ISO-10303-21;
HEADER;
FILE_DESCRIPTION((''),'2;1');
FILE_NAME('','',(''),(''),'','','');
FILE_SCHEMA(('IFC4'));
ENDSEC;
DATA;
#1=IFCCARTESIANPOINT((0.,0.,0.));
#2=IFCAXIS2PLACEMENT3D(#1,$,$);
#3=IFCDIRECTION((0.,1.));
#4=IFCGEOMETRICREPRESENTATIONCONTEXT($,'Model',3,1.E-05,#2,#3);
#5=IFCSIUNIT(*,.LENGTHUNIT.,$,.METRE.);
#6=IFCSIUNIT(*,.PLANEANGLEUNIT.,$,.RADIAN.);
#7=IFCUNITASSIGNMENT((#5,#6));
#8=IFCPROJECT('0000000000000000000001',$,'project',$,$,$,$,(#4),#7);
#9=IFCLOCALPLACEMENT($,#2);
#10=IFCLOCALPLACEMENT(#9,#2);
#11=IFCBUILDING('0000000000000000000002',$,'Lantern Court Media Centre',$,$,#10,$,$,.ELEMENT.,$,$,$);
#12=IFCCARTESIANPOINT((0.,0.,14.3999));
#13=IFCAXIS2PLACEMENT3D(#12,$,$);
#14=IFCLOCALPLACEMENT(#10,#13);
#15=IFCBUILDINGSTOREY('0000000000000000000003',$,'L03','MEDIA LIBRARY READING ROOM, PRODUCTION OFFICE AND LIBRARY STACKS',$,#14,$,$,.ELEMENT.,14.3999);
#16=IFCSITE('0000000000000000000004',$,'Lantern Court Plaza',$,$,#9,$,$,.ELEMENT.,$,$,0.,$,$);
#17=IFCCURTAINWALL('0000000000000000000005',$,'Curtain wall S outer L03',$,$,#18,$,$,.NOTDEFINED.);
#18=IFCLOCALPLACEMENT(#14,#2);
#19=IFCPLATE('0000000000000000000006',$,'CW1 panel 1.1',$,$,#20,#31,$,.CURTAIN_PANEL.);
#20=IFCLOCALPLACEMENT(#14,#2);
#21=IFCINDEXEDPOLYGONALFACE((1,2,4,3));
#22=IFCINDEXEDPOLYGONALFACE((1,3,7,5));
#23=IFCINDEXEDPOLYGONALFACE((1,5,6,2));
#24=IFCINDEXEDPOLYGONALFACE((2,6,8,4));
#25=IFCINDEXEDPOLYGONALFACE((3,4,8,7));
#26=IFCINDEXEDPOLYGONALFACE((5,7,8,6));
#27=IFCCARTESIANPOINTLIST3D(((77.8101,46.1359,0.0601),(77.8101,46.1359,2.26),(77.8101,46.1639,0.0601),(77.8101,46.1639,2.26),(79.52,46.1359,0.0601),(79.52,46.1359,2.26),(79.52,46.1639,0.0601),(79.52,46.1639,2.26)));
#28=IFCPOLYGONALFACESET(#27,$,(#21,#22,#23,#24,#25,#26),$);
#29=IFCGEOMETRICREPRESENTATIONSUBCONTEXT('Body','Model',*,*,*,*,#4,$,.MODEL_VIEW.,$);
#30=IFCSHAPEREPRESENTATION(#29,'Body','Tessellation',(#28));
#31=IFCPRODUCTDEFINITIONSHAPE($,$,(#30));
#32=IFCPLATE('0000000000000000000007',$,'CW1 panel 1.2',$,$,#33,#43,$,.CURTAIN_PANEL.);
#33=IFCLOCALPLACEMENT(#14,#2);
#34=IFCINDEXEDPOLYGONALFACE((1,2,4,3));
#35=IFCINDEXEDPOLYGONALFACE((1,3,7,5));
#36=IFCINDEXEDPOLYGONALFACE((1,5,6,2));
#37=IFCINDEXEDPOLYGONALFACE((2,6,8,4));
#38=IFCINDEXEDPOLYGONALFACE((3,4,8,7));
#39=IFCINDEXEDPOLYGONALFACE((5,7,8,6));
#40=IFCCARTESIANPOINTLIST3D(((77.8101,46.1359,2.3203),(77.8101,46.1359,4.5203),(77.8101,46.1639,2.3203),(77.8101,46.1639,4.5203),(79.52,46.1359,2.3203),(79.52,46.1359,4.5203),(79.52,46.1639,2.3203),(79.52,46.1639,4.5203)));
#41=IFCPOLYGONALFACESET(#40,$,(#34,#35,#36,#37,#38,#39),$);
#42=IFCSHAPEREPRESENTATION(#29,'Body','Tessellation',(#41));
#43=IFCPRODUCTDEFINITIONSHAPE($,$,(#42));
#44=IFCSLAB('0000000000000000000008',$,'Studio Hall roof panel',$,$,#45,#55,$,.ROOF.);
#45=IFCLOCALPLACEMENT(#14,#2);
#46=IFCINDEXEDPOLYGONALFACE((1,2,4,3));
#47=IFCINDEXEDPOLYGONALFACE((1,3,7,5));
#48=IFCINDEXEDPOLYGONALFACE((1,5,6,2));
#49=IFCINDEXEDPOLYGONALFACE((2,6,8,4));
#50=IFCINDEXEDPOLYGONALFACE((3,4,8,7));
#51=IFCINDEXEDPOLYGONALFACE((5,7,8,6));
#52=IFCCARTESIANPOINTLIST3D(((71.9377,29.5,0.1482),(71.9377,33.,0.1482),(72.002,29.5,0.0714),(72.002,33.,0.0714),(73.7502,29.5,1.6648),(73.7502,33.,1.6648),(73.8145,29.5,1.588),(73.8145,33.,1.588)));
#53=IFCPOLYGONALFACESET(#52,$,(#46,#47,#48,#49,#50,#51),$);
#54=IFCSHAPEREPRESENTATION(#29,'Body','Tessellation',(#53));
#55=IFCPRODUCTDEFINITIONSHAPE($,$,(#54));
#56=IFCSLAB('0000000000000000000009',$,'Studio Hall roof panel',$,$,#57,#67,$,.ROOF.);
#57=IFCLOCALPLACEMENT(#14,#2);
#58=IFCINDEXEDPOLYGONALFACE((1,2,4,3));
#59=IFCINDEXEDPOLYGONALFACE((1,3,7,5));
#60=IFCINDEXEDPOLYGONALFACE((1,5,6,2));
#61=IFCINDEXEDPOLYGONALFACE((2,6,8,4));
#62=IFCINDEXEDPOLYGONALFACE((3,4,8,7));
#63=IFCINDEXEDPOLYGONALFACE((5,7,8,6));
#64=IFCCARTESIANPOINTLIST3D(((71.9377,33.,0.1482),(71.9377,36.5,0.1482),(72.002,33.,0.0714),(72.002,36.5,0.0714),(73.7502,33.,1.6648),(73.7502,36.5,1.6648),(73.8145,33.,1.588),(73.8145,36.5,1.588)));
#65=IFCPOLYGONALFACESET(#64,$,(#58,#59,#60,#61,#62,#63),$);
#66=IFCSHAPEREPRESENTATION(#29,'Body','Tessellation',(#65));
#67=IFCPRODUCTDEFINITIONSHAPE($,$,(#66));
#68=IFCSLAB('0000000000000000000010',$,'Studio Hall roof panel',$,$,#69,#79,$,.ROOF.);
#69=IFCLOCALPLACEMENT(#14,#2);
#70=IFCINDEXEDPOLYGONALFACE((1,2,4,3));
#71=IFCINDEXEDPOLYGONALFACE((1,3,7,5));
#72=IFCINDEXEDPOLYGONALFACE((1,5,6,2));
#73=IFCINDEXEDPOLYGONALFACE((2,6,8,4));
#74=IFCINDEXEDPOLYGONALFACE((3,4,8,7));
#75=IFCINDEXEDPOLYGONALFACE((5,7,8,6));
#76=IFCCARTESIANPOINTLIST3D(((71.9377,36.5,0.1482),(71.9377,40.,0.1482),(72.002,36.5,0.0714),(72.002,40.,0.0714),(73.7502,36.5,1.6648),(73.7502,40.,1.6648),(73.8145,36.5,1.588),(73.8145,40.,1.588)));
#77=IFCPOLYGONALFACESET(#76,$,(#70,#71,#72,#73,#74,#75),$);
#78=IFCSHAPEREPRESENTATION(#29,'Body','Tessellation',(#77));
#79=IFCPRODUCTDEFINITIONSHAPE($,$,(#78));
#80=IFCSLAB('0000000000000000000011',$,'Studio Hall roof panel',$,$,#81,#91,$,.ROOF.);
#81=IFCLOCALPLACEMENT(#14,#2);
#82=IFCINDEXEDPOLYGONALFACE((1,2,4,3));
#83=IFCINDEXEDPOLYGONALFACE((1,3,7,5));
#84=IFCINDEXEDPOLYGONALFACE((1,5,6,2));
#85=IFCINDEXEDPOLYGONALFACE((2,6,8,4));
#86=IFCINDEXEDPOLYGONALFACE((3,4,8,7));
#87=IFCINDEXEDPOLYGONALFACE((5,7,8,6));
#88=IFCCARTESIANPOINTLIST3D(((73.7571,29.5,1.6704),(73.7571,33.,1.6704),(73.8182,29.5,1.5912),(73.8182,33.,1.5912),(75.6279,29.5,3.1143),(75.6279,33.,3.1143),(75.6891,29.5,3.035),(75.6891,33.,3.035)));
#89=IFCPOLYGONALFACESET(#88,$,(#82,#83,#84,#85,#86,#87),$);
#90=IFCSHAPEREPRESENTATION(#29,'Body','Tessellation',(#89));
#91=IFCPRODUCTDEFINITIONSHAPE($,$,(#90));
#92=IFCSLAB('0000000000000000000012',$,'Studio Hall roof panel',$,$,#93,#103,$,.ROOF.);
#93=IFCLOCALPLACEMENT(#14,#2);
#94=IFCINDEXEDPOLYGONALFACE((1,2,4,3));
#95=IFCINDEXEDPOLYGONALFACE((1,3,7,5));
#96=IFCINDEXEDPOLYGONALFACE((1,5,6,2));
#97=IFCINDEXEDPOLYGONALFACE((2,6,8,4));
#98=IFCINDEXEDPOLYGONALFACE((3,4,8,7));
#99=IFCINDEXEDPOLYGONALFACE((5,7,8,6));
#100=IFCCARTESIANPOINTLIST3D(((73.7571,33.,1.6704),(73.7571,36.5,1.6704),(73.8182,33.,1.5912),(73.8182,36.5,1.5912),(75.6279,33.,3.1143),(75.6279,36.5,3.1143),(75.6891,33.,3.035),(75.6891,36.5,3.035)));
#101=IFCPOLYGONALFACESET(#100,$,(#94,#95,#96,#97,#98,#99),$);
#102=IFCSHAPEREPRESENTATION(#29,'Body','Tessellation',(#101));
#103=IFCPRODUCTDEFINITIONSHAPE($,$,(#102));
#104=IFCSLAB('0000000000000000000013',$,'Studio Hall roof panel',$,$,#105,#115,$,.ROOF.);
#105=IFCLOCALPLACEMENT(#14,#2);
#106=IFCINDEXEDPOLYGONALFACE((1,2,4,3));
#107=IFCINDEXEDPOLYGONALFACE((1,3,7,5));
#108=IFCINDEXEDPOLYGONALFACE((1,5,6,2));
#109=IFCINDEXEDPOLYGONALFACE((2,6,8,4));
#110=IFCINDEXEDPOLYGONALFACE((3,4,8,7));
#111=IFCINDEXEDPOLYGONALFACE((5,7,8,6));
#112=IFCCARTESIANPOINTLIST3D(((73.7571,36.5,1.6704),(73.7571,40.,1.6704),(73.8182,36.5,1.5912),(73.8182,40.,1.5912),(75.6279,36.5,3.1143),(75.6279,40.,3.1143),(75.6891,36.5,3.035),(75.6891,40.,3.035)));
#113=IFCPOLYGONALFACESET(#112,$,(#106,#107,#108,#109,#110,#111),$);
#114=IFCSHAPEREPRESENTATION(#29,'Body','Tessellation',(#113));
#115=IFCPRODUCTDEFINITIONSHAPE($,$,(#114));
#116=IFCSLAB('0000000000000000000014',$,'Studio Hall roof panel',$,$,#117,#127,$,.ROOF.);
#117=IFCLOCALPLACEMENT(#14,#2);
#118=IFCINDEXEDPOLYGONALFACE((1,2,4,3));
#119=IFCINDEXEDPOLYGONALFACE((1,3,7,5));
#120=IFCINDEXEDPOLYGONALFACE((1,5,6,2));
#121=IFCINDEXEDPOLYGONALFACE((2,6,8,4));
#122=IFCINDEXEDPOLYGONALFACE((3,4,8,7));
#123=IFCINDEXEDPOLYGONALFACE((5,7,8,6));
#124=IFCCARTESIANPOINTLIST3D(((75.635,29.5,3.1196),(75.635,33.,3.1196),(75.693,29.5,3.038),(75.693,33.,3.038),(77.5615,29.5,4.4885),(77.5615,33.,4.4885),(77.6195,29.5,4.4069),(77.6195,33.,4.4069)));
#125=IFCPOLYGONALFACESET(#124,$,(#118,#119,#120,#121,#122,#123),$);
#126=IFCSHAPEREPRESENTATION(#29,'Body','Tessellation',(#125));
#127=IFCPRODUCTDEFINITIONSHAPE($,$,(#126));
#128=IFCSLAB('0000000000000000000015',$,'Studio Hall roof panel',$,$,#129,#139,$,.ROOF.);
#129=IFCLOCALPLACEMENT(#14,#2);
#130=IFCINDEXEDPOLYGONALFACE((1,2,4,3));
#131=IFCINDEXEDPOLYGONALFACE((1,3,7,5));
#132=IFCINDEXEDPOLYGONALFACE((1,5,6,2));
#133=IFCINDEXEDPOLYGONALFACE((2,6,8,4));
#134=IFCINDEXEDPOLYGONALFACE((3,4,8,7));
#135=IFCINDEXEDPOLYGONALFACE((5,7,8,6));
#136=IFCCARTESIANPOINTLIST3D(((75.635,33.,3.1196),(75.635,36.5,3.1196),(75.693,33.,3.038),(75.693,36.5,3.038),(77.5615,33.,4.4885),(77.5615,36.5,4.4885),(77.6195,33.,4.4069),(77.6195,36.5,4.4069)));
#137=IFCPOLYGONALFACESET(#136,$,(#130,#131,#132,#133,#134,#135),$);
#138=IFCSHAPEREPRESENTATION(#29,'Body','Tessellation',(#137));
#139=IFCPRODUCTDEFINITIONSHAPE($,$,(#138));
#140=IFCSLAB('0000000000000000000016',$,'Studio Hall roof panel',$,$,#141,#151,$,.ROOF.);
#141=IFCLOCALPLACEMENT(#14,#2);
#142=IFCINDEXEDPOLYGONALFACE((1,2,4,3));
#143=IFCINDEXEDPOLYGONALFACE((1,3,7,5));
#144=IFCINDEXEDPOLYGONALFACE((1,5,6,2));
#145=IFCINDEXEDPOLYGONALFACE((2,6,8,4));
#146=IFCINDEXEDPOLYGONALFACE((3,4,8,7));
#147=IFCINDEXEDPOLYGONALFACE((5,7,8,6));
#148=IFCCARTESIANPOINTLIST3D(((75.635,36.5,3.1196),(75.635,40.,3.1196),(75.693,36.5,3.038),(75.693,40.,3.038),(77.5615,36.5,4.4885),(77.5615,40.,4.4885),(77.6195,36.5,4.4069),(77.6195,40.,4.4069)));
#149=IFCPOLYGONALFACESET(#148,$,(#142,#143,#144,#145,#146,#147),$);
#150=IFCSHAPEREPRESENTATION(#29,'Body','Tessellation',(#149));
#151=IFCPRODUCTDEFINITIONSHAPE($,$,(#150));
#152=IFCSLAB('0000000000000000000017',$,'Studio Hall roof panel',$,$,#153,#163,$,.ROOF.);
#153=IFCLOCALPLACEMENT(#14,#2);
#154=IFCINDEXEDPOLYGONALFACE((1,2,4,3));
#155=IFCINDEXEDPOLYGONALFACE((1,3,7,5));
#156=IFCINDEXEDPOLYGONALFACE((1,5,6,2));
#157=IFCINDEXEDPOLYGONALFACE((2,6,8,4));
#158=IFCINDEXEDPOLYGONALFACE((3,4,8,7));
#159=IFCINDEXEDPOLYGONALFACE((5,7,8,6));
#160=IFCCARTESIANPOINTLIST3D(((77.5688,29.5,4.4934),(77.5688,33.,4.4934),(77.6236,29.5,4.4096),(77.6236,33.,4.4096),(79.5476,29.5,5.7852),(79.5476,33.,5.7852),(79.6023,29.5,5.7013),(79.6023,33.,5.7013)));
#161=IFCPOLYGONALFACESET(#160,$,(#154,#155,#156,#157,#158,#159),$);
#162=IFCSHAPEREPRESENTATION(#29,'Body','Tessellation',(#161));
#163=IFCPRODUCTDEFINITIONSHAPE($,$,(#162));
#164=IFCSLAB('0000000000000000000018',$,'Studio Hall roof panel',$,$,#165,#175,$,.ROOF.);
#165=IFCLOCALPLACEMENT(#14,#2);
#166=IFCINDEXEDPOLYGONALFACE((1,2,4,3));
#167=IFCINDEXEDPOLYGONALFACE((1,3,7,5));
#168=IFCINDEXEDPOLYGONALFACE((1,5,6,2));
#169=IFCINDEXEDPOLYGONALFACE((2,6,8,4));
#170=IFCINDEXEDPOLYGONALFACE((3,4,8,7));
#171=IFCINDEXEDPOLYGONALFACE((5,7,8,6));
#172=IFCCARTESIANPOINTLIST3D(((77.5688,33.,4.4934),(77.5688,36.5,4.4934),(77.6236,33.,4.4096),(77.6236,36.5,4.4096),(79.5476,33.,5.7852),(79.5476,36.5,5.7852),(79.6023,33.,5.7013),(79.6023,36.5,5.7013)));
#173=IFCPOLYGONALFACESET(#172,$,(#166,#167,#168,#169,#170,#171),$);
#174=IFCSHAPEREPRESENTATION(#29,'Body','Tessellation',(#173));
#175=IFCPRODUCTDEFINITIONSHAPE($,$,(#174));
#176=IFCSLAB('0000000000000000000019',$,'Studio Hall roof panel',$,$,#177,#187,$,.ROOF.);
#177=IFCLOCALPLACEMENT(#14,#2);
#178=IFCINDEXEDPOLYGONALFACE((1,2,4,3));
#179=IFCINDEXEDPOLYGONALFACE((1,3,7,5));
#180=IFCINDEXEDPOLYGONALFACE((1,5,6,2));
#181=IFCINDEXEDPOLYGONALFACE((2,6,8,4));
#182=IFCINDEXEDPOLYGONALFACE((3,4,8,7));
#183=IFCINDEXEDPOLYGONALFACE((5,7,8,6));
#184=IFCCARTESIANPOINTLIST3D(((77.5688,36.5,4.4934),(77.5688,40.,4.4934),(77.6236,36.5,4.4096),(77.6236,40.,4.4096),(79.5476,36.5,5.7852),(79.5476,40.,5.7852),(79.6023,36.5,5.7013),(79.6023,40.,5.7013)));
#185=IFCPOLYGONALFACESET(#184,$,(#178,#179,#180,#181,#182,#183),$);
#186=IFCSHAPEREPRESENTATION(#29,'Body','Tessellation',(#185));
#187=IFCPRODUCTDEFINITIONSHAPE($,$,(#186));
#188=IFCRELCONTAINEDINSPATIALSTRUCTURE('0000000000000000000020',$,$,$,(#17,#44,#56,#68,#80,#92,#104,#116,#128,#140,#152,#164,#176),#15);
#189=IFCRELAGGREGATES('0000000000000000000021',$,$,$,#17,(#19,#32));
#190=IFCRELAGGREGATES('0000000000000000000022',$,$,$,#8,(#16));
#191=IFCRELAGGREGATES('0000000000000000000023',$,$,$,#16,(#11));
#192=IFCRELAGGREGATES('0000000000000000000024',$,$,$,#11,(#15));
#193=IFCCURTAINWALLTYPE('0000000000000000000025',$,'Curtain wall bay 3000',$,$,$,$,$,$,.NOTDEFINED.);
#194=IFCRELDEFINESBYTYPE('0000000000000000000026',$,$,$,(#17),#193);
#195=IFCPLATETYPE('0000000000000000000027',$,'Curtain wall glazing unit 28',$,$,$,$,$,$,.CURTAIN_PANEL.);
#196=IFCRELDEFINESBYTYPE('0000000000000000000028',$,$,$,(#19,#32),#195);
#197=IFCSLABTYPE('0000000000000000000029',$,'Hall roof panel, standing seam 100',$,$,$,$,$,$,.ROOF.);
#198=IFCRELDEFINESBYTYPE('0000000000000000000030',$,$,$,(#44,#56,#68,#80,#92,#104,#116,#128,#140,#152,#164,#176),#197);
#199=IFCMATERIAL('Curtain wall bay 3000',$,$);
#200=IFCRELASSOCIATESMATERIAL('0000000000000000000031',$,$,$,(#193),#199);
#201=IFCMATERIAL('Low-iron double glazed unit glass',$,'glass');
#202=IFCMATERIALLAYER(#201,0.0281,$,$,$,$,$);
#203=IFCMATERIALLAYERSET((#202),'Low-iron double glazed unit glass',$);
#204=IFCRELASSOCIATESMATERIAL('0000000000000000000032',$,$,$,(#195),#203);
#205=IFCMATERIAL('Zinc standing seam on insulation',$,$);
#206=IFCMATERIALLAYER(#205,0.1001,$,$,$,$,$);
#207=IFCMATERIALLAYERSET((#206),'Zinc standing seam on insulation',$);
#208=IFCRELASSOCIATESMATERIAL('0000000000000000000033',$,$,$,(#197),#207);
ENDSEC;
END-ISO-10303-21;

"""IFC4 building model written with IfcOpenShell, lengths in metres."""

from ifc_helpers import new_model, si_unit, direction, frame, origin, origin_2d, place, context, subcontext, project, spatial, polyline, rectangle, outline, extrude, material, layer, layer_set, type_object, element, aggregate, save


model = new_model("IFC4")

# Units and contexts
model_context = context("Model", 3, precision=1e-05, world=origin(), true_north=direction((0.0, 1.0)))
body_context = subcontext(model_context, "Body", "Model", "MODEL_VIEW")
ifc_project = project(units=[si_unit("LENGTHUNIT", "METRE"), si_unit("PLANEANGLEUNIT", "RADIAN")], contexts=[model_context])

# Site, building, storey
site_placement = place(None, origin())
site = spatial("IfcSite", under=ifc_project, at=site_placement, Name="Lantern Court Plaza", CompositionType="ELEMENT", RefElevation=0.0)
building_placement = place(site_placement, origin())
building = spatial("IfcBuilding", under=site, at=building_placement, Name="Lantern Court Media Centre", CompositionType="ELEMENT")
storey_placement = place(building_placement, frame((0.0, 0.0, 14.3999)))
storey = spatial("IfcBuildingStorey", under=building, at=storey_placement, Name="L03", Description="MEDIA LIBRARY READING ROOM, PRODUCTION OFFICE AND LIBRARY STACKS", CompositionType="ELEMENT", Elevation=14.3999)

# Curtain wall
ifc_material_1 = material(Name="Curtain wall bay 3000")
curtain_wall_type = type_object("IfcCurtainWallType", Name="Curtain wall bay 3000", PredefinedType="NOTDEFINED", material=ifc_material_1)
curtain_wall_placement = place(storey_placement, origin())
curtain_wall = element("IfcCurtainWall", 1, at=curtain_wall_placement, inside=storey, type_object=curtain_wall_type, Name="Curtain wall S outer L03", PredefinedType="NOTDEFINED")

# Plates
ifc_material_2 = material(Name="Low-iron double glazed unit glass", Category="glass")
ifc_layer_1 = layer(ifc_material_2, 0.0281)
ifc_layer_set_1 = layer_set([ifc_layer_1], Name="Low-iron double glazed unit glass")
plate_type = type_object("IfcPlateType", Name="Curtain wall glazing unit 28", PredefinedType="CURTAIN_PANEL", material=ifc_layer_set_1)
plate_1_placement = place(storey_placement, frame((78.665, 46.1499, 0.0601), z_axis=(0.0, 0.0, 1.0), x_axis=(1.0, 0.0, 0.0)))
plate_1 = element("IfcPlate", 2, at=plate_1_placement, type_object=plate_type, Name="CW1 panel 1.1", PredefinedType="CURTAIN_PANEL", context=body_context, shape_type="SweptSolid", body=[
    extrude(rectangle(XDim=1.71, YDim=0.0281, at=origin_2d()), origin(), (0.0, 0.0, 1.0), 2.2),
])
plate_2_placement = place(storey_placement, frame((78.665, 46.1499, 2.3203), z_axis=(0.0, 0.0, 1.0), x_axis=(1.0, 0.0, 0.0)))
plate_2 = element("IfcPlate", 3, at=plate_2_placement, type_object=plate_type, Name="CW1 panel 1.2", PredefinedType="CURTAIN_PANEL", context=body_context, shape_type="SweptSolid", body=[
    extrude(rectangle(XDim=1.71, YDim=0.0281, at=origin_2d()), origin(), (0.0, 0.0, 1.0), 2.2),
])
aggregate(curtain_wall, [plate_1, plate_2])

# Slabs
ifc_material_3 = material(Name="Zinc standing seam on insulation")
ifc_layer_2 = layer(ifc_material_3, 0.1001)
ifc_layer_set_2 = layer_set([ifc_layer_2], Name="Zinc standing seam on insulation")
slab_type = type_object("IfcSlabType", Name="Hall roof panel, standing seam 100", PredefinedType="ROOF", material=ifc_layer_set_2)
for number, where, z_axis, x_axis, name in (
    (4, (71.9377, 29.5, 0.1482), (-0.641728, 0.0, 0.766933), (0.766933, 0.0, 0.641728), "Studio Hall roof panel"),
    (5, (71.9377, 33.0, 0.1482), (-0.641728, 0.0, 0.766933), (0.766933, 0.0, 0.641728), "Studio Hall roof panel"),
    (6, (71.9377, 36.5, 0.1482), (-0.641728, 0.0, 0.766933), (0.766933, 0.0, 0.641728), "Studio Hall roof panel"),
):
    element("IfcSlab", number, at=place(storey_placement, frame(where, z_axis=z_axis, x_axis=x_axis)), inside=storey, type_object=slab_type, Name=name, PredefinedType="ROOF", context=body_context, shape_type="SweptSolid", body=[
        extrude(outline(polyline([(0.0, 0.0), (2.3633, 0.0), (2.3633, 3.5), (0.0, 3.5), (0.0, 0.0)])), origin(), (0.0, 0.0, -1.0), 0.1001),
    ])
for number, where, z_axis, x_axis, name in (
    (7, (73.7571, 29.5, 1.6704), (-0.610968, 0.0, 0.791655), (0.791655, 0.0, 0.610968), "Studio Hall roof panel"),
    (8, (73.7571, 33.0, 1.6704), (-0.610968, 0.0, 0.791655), (0.791655, 0.0, 0.610968), "Studio Hall roof panel"),
    (9, (73.7571, 36.5, 1.6704), (-0.610968, 0.0, 0.791655), (0.791655, 0.0, 0.610968), "Studio Hall roof panel"),
):
    element("IfcSlab", number, at=place(storey_placement, frame(where, z_axis=z_axis, x_axis=x_axis)), inside=storey, type_object=slab_type, Name=name, PredefinedType="ROOF", context=body_context, shape_type="SweptSolid", body=[
        extrude(outline(polyline([(0.0, 0.0), (2.3632, 0.0), (2.3632, 3.5), (0.0, 3.5), (0.0, 0.0)])), origin(), (0.0, 0.0, -1.0), 0.1001),
    ])
for number, where, z_axis, x_axis, name in (
    (10, (75.635, 29.5, 3.1196), (-0.579223, 0.0, 0.815169), (0.815169, 0.0, 0.579223), "Studio Hall roof panel"),
    (11, (75.635, 33.0, 3.1196), (-0.579223, 0.0, 0.815169), (0.815169, 0.0, 0.579223), "Studio Hall roof panel"),
    (12, (75.635, 36.5, 3.1196), (-0.579223, 0.0, 0.815169), (0.815169, 0.0, 0.579223), "Studio Hall roof panel"),
):
    element("IfcSlab", number, at=place(storey_placement, frame(where, z_axis=z_axis, x_axis=x_axis)), inside=storey, type_object=slab_type, Name=name, PredefinedType="ROOF", context=body_context, shape_type="SweptSolid", body=[
        extrude(outline(polyline([(0.0, 0.0), (2.3633, 0.0), (2.3633, 3.5), (0.0, 3.5), (0.0, 0.0)])), origin(), (0.0, 0.0, -1.0), 0.1001),
    ])
for number, where, z_axis, x_axis, name in (
    (13, (77.5688, 29.5, 4.4934), (-0.54664, 0.0, 0.837368), (0.837368, 0.0, 0.54664), "Studio Hall roof panel"),
    (14, (77.5688, 33.0, 4.4934), (-0.54664, 0.0, 0.837368), (0.837368, 0.0, 0.54664), "Studio Hall roof panel"),
    (15, (77.5688, 36.5, 4.4934), (-0.54664, 0.0, 0.837368), (0.837368, 0.0, 0.54664), "Studio Hall roof panel"),
):
    element("IfcSlab", number, at=place(storey_placement, frame(where, z_axis=z_axis, x_axis=x_axis)), inside=storey, type_object=slab_type, Name=name, PredefinedType="ROOF", context=body_context, shape_type="SweptSolid", body=[
        extrude(outline(polyline([(0.0, 0.0), (2.3631, 0.0), (2.3631, 3.5), (0.0, 3.5), (0.0, 0.0)])), origin(), (0.0, 0.0, -1.0), 0.1001),
    ])

save(model, "model.ifc")
